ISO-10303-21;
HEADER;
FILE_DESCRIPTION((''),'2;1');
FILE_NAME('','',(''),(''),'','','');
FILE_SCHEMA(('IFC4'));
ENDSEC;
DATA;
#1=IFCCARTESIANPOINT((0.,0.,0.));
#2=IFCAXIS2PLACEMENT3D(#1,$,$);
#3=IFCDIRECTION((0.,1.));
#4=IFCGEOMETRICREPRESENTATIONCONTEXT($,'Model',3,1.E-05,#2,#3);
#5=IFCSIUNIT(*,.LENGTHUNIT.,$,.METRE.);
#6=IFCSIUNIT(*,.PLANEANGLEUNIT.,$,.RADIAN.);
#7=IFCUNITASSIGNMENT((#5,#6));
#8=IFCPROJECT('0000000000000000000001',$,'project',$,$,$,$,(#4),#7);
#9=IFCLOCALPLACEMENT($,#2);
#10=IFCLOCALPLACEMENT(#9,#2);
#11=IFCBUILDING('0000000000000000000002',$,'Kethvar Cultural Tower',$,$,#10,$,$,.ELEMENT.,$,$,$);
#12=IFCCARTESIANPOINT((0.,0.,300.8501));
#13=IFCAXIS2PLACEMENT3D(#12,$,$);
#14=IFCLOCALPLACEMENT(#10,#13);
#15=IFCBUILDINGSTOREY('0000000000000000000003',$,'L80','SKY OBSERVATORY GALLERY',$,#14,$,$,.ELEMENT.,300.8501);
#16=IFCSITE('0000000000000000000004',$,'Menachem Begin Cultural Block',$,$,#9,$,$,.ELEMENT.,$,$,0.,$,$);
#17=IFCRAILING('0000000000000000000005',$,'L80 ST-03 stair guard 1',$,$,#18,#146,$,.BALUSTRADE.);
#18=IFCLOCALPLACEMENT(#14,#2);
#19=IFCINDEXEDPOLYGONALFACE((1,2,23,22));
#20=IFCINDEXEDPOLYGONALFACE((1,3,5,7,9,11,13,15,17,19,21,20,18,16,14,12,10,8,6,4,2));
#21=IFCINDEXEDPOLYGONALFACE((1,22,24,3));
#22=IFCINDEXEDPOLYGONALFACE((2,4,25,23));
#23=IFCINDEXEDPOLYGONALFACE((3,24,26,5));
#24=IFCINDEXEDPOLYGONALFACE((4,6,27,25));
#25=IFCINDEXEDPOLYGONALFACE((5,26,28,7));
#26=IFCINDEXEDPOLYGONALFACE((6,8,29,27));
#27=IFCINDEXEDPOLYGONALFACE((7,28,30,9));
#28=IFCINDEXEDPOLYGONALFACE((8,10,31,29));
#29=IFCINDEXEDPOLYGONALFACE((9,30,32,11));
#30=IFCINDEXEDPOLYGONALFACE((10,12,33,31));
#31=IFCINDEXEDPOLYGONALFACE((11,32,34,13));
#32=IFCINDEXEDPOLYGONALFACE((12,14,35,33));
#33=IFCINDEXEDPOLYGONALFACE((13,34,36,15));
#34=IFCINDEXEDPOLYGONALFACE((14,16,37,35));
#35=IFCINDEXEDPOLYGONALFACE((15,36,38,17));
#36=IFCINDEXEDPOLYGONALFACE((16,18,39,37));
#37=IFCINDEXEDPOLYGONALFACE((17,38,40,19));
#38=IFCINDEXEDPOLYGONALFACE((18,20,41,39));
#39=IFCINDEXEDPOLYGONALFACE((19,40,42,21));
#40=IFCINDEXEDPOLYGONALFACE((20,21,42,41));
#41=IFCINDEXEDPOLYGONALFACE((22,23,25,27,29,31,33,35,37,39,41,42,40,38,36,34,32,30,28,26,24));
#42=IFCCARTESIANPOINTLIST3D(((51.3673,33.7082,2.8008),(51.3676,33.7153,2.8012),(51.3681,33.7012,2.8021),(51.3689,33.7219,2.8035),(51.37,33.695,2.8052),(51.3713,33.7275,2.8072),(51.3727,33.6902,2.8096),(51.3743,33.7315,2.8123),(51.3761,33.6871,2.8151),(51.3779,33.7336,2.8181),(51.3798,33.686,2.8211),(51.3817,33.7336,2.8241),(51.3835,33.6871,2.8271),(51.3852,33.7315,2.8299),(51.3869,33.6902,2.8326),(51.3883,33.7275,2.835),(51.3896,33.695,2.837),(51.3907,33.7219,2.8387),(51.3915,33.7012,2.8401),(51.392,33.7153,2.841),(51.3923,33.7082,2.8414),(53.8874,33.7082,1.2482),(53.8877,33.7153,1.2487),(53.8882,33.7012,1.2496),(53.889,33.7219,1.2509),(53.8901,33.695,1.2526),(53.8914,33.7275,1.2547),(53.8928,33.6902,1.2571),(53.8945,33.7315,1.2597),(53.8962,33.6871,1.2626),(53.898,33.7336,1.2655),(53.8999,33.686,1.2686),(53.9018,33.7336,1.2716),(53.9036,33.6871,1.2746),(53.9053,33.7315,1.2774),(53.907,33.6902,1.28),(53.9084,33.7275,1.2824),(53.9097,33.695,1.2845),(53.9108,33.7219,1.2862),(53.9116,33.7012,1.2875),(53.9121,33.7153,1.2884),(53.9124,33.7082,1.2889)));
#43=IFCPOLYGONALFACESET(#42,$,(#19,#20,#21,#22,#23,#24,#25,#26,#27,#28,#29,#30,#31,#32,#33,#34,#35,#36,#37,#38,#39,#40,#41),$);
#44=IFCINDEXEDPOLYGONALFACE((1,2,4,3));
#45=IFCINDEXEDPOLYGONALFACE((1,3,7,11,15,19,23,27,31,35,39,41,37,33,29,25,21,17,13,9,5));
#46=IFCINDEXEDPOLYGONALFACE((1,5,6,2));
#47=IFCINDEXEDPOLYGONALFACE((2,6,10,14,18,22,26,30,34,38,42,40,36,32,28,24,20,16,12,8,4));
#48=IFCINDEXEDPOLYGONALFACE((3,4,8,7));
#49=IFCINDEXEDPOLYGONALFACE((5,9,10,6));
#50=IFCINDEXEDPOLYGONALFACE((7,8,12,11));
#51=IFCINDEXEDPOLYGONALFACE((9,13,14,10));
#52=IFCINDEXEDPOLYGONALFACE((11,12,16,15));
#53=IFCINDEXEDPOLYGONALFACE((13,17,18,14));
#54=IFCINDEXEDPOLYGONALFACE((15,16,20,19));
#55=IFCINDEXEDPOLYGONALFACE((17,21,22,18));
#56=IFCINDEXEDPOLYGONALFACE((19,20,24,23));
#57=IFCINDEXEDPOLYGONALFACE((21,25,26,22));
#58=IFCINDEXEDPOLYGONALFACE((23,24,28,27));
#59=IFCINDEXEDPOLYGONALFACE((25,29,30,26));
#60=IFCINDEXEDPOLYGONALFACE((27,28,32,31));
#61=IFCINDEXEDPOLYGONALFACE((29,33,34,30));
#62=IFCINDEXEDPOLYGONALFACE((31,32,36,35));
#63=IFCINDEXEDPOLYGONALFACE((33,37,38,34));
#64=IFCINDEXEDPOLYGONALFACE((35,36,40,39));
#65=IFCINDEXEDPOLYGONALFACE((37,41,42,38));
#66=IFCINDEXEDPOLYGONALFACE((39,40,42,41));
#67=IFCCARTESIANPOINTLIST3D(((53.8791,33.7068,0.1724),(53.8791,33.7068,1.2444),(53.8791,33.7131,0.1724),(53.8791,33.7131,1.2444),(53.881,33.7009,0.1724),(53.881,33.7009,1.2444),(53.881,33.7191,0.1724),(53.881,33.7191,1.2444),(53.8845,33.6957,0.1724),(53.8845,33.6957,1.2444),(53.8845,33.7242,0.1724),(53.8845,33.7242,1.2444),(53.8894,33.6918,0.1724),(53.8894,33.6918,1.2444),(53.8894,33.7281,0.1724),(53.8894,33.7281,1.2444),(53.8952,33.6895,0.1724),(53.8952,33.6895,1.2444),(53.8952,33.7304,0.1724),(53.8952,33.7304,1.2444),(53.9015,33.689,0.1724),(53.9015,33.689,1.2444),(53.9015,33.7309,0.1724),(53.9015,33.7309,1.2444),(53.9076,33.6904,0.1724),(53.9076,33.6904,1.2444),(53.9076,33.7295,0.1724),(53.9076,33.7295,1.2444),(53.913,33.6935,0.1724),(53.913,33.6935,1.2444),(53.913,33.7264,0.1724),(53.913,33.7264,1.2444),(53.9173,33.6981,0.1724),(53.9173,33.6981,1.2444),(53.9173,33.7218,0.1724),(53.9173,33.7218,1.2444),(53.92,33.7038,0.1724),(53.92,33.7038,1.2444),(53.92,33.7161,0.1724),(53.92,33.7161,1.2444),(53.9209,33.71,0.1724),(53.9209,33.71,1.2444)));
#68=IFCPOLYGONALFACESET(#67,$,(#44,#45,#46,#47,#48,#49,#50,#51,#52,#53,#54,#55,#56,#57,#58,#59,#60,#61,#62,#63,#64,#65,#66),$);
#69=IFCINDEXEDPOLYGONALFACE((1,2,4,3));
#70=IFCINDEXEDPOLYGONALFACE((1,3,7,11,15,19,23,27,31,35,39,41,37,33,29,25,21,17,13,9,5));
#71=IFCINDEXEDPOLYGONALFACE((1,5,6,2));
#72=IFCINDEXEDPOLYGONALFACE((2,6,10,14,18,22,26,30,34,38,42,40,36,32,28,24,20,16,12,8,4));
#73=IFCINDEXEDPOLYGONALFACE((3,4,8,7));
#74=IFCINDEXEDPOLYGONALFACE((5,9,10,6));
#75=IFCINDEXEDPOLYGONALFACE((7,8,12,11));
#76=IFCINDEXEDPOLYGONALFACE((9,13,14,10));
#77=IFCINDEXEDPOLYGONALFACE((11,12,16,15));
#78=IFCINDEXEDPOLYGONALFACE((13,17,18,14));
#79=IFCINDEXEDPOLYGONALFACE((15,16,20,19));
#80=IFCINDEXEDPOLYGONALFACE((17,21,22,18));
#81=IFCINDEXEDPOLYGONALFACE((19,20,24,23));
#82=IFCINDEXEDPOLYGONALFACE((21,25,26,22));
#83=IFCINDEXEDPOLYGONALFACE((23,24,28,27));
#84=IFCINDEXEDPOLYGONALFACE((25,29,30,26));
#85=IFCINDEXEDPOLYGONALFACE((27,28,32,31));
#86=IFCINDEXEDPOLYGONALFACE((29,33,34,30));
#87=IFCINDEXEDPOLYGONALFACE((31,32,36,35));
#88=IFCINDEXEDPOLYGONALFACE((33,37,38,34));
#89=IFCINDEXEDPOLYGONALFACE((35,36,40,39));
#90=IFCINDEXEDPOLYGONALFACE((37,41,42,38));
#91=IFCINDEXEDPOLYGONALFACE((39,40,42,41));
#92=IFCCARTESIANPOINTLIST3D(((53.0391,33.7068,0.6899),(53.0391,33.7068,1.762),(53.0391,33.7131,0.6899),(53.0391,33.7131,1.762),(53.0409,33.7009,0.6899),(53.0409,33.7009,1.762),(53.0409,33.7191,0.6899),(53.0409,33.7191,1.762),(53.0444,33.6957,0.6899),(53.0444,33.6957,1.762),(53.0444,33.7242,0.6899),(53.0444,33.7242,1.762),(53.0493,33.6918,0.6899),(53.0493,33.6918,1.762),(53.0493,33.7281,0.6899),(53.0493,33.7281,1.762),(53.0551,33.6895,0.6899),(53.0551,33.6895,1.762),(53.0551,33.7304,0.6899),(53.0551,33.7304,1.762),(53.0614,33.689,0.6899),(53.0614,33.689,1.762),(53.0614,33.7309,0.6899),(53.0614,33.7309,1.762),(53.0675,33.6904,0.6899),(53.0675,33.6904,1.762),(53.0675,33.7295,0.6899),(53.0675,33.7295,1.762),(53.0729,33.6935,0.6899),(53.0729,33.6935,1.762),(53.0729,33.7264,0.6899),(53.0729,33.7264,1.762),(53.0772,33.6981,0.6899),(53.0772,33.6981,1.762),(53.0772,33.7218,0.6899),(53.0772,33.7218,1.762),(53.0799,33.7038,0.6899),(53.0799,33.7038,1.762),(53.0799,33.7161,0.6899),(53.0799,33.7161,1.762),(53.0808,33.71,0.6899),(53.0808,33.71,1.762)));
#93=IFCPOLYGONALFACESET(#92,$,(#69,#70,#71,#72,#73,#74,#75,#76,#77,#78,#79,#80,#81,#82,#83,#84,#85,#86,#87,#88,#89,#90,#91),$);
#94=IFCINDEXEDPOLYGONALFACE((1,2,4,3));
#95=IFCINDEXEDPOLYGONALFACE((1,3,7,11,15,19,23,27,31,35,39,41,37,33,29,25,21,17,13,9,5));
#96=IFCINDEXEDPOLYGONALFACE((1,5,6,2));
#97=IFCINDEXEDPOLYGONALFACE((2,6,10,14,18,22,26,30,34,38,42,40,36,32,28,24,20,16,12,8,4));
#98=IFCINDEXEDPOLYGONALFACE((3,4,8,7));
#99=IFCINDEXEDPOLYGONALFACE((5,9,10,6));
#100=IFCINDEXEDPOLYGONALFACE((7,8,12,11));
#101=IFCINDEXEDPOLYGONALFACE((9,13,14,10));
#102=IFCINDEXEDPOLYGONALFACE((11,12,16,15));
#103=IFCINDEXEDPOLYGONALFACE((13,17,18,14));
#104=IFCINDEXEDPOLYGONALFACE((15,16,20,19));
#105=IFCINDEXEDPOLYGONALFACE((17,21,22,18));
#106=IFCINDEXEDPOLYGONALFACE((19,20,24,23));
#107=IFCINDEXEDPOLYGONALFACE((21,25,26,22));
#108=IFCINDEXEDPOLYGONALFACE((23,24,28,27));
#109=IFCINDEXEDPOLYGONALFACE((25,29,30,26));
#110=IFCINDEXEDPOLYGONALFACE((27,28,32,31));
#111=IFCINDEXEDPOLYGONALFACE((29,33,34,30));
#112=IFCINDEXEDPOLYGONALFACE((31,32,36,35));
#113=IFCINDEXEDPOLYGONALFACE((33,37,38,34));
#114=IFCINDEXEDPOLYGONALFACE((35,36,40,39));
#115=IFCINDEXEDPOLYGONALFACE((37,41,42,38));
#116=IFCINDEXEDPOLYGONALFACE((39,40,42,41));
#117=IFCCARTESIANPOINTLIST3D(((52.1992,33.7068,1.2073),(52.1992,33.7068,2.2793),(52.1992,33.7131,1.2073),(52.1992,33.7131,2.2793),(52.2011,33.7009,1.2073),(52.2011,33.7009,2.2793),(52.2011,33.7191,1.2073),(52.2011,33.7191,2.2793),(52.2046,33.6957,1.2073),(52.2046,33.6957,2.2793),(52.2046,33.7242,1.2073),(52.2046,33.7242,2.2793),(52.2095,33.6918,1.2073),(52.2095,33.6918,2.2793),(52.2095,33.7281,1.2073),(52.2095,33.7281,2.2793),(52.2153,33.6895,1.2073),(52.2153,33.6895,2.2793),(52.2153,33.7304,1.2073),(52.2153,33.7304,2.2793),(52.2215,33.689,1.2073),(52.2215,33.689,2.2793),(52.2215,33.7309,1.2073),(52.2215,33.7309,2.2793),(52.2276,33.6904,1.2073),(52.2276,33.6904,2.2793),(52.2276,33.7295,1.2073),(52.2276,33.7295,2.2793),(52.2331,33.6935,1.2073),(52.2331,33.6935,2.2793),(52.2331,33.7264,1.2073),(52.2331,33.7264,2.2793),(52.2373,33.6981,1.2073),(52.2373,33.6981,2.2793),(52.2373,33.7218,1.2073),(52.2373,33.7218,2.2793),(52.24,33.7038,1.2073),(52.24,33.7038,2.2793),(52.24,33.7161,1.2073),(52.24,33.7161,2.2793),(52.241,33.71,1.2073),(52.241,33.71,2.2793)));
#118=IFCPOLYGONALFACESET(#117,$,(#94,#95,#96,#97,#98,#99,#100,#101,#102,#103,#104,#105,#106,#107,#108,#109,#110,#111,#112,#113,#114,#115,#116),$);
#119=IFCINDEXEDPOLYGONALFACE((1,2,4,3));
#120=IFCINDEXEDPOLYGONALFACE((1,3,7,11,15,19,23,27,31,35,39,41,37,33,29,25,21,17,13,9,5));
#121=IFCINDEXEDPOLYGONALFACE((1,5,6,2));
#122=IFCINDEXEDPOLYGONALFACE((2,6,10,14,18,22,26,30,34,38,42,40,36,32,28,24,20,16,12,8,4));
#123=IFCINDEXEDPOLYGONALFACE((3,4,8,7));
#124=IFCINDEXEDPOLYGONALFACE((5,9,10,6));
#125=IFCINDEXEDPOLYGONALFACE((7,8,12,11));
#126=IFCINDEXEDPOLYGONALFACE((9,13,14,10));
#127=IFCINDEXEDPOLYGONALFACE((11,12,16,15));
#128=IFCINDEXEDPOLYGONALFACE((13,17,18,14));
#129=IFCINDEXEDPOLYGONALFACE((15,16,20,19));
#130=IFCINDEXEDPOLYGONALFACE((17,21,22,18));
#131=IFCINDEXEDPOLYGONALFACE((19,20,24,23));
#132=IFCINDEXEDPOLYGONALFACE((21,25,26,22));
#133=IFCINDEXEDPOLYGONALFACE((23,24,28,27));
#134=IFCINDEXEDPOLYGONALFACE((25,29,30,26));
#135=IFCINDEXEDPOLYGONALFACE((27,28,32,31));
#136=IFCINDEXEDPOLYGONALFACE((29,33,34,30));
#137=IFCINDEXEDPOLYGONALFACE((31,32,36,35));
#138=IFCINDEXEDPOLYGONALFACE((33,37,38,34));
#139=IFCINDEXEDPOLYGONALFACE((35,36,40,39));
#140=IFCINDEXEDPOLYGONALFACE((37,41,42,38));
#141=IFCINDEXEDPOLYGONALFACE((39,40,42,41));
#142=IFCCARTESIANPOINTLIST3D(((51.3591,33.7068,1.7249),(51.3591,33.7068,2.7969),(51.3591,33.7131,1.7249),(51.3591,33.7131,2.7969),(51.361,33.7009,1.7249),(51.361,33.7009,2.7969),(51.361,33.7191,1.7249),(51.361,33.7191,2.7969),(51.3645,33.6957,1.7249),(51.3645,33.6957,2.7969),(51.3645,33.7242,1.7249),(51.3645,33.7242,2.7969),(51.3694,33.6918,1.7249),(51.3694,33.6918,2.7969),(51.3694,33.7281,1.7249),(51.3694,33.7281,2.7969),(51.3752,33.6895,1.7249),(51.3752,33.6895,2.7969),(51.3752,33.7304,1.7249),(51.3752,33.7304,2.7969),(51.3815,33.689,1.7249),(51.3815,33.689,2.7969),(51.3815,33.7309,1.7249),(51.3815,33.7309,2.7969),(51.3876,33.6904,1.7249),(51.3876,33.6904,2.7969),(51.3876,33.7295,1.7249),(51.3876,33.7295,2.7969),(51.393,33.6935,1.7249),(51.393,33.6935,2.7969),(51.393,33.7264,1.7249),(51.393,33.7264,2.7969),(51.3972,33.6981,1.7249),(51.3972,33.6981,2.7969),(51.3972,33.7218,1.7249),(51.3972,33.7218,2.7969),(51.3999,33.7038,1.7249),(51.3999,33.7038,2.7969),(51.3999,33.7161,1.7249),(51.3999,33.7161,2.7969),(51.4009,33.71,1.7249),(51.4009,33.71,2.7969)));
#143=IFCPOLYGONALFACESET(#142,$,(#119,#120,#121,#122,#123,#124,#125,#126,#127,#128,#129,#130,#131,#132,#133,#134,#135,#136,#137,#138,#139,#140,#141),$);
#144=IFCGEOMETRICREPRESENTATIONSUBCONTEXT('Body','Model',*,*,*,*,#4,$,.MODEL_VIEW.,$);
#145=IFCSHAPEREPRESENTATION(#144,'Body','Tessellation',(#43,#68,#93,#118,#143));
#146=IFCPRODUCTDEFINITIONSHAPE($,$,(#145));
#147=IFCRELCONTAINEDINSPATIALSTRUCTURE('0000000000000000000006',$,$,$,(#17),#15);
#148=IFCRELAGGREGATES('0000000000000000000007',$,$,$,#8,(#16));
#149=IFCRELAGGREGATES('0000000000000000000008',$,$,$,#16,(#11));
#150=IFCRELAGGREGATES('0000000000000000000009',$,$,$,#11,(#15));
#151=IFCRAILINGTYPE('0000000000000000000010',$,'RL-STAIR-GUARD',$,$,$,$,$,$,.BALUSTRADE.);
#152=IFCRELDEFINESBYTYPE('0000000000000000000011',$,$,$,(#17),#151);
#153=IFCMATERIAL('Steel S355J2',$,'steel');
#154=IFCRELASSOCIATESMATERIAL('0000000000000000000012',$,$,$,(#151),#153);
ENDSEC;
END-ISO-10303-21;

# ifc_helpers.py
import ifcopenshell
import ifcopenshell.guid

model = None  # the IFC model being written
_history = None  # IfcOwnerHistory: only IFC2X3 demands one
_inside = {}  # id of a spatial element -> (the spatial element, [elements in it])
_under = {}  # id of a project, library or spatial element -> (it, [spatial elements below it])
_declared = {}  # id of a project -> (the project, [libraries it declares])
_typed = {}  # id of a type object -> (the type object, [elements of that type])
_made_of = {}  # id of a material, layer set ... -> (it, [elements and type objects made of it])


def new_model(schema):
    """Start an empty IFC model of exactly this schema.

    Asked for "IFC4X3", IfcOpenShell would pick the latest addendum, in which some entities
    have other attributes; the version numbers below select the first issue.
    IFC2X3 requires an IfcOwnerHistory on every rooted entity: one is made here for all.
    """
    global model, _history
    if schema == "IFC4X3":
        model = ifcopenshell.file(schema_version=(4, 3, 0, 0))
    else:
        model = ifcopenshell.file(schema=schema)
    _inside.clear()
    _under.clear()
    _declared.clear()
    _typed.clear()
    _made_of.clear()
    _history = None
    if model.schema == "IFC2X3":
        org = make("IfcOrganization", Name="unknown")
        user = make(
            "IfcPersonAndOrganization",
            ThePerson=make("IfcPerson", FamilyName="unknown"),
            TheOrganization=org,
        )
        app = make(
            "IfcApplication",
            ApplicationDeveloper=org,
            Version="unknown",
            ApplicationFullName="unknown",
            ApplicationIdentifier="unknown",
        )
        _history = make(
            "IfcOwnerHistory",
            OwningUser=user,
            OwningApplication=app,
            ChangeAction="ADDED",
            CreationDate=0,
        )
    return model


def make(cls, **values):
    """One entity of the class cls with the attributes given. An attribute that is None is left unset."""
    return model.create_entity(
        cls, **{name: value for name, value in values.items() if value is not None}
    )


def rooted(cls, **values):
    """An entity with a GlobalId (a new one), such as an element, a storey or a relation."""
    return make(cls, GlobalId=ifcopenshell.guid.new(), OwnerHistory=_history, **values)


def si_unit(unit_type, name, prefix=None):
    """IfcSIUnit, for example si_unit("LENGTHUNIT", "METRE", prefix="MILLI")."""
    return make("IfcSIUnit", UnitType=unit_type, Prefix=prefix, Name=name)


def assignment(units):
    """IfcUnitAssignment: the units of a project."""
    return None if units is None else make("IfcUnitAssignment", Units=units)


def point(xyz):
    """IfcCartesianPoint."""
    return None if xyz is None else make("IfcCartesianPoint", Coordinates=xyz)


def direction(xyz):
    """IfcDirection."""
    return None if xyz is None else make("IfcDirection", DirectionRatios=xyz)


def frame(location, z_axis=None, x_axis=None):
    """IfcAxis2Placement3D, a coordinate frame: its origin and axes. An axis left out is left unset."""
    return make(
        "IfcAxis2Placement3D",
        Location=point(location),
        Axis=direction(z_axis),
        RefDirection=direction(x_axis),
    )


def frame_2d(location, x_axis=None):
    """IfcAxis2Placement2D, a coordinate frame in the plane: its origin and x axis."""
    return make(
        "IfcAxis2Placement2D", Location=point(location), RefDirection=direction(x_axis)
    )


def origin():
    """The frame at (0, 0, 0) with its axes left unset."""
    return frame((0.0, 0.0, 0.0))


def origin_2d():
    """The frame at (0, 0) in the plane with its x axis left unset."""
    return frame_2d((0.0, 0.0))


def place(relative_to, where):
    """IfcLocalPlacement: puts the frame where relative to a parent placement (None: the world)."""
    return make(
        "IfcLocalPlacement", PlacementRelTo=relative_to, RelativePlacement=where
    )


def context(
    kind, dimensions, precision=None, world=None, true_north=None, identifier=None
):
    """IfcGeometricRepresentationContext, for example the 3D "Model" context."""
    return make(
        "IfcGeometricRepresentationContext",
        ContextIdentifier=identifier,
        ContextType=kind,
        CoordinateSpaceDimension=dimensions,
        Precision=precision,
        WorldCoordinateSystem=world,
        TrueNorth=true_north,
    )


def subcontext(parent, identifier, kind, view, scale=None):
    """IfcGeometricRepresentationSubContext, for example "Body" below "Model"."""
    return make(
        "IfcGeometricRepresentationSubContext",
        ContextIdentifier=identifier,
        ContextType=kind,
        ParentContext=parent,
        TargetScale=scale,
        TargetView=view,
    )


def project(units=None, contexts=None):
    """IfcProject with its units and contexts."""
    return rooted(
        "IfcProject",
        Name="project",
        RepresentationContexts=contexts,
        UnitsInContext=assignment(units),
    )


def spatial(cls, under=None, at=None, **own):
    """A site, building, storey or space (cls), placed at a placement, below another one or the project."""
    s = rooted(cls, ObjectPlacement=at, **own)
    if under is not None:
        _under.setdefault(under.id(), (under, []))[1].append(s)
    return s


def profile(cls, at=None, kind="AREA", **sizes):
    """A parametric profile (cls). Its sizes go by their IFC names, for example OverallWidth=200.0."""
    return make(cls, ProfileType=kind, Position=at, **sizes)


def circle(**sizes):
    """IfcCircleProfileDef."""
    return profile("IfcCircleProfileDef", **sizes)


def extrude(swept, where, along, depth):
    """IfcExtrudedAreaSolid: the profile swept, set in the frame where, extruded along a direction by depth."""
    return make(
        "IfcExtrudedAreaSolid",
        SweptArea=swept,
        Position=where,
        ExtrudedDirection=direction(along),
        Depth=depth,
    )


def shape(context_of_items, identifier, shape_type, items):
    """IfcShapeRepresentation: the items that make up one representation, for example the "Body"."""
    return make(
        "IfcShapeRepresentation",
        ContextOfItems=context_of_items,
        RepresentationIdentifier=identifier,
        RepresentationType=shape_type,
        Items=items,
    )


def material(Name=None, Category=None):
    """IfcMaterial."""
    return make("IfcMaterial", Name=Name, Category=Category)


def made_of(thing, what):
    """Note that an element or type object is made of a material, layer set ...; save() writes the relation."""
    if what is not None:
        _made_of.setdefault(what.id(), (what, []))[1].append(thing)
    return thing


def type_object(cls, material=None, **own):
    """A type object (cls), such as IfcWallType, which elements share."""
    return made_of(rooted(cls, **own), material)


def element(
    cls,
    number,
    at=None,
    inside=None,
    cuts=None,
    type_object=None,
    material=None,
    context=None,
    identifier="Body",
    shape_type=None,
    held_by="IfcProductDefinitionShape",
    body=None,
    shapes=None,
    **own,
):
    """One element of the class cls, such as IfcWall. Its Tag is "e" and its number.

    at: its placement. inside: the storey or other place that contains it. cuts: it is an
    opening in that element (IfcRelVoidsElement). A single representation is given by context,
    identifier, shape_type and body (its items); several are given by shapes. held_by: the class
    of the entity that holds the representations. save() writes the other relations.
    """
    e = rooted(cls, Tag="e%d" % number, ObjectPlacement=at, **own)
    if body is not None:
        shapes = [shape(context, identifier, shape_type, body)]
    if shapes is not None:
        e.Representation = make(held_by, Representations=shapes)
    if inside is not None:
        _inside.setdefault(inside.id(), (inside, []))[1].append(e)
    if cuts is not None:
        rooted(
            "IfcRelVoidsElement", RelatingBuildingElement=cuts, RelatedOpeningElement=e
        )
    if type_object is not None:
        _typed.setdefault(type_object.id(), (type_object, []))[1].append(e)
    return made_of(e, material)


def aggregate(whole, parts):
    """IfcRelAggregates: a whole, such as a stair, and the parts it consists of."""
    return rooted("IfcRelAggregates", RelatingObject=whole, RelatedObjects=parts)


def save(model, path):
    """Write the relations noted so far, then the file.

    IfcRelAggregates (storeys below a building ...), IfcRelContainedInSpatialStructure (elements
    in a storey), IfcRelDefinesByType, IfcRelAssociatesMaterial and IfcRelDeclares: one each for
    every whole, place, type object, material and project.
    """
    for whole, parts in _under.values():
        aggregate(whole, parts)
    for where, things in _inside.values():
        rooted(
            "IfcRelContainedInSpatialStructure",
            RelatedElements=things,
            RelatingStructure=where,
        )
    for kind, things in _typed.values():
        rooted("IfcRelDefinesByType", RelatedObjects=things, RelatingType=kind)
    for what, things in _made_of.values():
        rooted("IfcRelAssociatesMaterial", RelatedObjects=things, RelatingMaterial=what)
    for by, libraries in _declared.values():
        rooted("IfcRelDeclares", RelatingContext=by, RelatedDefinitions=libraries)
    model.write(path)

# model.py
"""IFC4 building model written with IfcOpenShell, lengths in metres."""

from ifc_helpers import new_model, si_unit, direction, frame, origin, origin_2d, place, context, subcontext, project, spatial, circle, extrude, material, type_object, element, save


model = new_model("IFC4")

# Units and contexts
model_context = context("Model", 3, precision=1e-05, world=origin(), true_north=direction((0.0, 1.0)))
body_context = subcontext(model_context, "Body", "Model", "MODEL_VIEW")
ifc_project = project(units=[si_unit("LENGTHUNIT", "METRE"), si_unit("PLANEANGLEUNIT", "RADIAN")], contexts=[model_context])

# Site, building, storey
site_placement = place(None, origin())
site = spatial("IfcSite", under=ifc_project, at=site_placement, Name="Menachem Begin Cultural Block", CompositionType="ELEMENT", RefElevation=0.0)
building_placement = place(site_placement, origin())
building = spatial("IfcBuilding", under=site, at=building_placement, Name="Kethvar Cultural Tower", CompositionType="ELEMENT")
storey_placement = place(building_placement, frame((0.0, 0.0, 300.8501)))
storey = spatial("IfcBuildingStorey", under=building, at=storey_placement, Name="L80", Description="SKY OBSERVATORY GALLERY", CompositionType="ELEMENT", Elevation=300.8501)

# Shared definitions
ifc_material_1 = material(Name="Steel S355J2", Category="steel")

# Railing
railing_type_1 = type_object("IfcRailingType", Name="RL-STAIR-GUARD", PredefinedType="BALUSTRADE", material=ifc_material_1)
railing_1_placement = place(storey_placement, frame((53.8999, 33.71, 0.1724)))
element("IfcRailing", 1, at=railing_1_placement, inside=storey, type_object=railing_type_1, Name="L80 ST-03 stair guard 1", PredefinedType="BALUSTRADE", context=body_context, shape_type="SweptSolid", body=[
    extrude(circle(Radius=0.0239, at=origin_2d()), frame((0.0, 0.0, 1.0962), z_axis=(-0.8514, 0.0, 0.524516), x_axis=(0.0, -1.0, 0.0)), (0.0, 0.0, 1.0), 2.96),
    extrude(circle(Radius=0.021, at=origin_2d()), origin(), (0.0, 0.0, 1.0), 1.072),
    extrude(circle(Radius=0.021, at=origin_2d()), frame((-0.8401, 0.0, 0.5176)), (0.0, 0.0, 1.0), 1.072),
    extrude(circle(Radius=0.021, at=origin_2d()), frame((-1.6799, 0.0, 1.0349)), (0.0, 0.0, 1.0), 1.072),
    extrude(circle(Radius=0.021, at=origin_2d()), frame((-2.52, 0.0, 1.5525)), (0.0, 0.0, 1.0), 1.072),
])

save(model, "model.ifc")
